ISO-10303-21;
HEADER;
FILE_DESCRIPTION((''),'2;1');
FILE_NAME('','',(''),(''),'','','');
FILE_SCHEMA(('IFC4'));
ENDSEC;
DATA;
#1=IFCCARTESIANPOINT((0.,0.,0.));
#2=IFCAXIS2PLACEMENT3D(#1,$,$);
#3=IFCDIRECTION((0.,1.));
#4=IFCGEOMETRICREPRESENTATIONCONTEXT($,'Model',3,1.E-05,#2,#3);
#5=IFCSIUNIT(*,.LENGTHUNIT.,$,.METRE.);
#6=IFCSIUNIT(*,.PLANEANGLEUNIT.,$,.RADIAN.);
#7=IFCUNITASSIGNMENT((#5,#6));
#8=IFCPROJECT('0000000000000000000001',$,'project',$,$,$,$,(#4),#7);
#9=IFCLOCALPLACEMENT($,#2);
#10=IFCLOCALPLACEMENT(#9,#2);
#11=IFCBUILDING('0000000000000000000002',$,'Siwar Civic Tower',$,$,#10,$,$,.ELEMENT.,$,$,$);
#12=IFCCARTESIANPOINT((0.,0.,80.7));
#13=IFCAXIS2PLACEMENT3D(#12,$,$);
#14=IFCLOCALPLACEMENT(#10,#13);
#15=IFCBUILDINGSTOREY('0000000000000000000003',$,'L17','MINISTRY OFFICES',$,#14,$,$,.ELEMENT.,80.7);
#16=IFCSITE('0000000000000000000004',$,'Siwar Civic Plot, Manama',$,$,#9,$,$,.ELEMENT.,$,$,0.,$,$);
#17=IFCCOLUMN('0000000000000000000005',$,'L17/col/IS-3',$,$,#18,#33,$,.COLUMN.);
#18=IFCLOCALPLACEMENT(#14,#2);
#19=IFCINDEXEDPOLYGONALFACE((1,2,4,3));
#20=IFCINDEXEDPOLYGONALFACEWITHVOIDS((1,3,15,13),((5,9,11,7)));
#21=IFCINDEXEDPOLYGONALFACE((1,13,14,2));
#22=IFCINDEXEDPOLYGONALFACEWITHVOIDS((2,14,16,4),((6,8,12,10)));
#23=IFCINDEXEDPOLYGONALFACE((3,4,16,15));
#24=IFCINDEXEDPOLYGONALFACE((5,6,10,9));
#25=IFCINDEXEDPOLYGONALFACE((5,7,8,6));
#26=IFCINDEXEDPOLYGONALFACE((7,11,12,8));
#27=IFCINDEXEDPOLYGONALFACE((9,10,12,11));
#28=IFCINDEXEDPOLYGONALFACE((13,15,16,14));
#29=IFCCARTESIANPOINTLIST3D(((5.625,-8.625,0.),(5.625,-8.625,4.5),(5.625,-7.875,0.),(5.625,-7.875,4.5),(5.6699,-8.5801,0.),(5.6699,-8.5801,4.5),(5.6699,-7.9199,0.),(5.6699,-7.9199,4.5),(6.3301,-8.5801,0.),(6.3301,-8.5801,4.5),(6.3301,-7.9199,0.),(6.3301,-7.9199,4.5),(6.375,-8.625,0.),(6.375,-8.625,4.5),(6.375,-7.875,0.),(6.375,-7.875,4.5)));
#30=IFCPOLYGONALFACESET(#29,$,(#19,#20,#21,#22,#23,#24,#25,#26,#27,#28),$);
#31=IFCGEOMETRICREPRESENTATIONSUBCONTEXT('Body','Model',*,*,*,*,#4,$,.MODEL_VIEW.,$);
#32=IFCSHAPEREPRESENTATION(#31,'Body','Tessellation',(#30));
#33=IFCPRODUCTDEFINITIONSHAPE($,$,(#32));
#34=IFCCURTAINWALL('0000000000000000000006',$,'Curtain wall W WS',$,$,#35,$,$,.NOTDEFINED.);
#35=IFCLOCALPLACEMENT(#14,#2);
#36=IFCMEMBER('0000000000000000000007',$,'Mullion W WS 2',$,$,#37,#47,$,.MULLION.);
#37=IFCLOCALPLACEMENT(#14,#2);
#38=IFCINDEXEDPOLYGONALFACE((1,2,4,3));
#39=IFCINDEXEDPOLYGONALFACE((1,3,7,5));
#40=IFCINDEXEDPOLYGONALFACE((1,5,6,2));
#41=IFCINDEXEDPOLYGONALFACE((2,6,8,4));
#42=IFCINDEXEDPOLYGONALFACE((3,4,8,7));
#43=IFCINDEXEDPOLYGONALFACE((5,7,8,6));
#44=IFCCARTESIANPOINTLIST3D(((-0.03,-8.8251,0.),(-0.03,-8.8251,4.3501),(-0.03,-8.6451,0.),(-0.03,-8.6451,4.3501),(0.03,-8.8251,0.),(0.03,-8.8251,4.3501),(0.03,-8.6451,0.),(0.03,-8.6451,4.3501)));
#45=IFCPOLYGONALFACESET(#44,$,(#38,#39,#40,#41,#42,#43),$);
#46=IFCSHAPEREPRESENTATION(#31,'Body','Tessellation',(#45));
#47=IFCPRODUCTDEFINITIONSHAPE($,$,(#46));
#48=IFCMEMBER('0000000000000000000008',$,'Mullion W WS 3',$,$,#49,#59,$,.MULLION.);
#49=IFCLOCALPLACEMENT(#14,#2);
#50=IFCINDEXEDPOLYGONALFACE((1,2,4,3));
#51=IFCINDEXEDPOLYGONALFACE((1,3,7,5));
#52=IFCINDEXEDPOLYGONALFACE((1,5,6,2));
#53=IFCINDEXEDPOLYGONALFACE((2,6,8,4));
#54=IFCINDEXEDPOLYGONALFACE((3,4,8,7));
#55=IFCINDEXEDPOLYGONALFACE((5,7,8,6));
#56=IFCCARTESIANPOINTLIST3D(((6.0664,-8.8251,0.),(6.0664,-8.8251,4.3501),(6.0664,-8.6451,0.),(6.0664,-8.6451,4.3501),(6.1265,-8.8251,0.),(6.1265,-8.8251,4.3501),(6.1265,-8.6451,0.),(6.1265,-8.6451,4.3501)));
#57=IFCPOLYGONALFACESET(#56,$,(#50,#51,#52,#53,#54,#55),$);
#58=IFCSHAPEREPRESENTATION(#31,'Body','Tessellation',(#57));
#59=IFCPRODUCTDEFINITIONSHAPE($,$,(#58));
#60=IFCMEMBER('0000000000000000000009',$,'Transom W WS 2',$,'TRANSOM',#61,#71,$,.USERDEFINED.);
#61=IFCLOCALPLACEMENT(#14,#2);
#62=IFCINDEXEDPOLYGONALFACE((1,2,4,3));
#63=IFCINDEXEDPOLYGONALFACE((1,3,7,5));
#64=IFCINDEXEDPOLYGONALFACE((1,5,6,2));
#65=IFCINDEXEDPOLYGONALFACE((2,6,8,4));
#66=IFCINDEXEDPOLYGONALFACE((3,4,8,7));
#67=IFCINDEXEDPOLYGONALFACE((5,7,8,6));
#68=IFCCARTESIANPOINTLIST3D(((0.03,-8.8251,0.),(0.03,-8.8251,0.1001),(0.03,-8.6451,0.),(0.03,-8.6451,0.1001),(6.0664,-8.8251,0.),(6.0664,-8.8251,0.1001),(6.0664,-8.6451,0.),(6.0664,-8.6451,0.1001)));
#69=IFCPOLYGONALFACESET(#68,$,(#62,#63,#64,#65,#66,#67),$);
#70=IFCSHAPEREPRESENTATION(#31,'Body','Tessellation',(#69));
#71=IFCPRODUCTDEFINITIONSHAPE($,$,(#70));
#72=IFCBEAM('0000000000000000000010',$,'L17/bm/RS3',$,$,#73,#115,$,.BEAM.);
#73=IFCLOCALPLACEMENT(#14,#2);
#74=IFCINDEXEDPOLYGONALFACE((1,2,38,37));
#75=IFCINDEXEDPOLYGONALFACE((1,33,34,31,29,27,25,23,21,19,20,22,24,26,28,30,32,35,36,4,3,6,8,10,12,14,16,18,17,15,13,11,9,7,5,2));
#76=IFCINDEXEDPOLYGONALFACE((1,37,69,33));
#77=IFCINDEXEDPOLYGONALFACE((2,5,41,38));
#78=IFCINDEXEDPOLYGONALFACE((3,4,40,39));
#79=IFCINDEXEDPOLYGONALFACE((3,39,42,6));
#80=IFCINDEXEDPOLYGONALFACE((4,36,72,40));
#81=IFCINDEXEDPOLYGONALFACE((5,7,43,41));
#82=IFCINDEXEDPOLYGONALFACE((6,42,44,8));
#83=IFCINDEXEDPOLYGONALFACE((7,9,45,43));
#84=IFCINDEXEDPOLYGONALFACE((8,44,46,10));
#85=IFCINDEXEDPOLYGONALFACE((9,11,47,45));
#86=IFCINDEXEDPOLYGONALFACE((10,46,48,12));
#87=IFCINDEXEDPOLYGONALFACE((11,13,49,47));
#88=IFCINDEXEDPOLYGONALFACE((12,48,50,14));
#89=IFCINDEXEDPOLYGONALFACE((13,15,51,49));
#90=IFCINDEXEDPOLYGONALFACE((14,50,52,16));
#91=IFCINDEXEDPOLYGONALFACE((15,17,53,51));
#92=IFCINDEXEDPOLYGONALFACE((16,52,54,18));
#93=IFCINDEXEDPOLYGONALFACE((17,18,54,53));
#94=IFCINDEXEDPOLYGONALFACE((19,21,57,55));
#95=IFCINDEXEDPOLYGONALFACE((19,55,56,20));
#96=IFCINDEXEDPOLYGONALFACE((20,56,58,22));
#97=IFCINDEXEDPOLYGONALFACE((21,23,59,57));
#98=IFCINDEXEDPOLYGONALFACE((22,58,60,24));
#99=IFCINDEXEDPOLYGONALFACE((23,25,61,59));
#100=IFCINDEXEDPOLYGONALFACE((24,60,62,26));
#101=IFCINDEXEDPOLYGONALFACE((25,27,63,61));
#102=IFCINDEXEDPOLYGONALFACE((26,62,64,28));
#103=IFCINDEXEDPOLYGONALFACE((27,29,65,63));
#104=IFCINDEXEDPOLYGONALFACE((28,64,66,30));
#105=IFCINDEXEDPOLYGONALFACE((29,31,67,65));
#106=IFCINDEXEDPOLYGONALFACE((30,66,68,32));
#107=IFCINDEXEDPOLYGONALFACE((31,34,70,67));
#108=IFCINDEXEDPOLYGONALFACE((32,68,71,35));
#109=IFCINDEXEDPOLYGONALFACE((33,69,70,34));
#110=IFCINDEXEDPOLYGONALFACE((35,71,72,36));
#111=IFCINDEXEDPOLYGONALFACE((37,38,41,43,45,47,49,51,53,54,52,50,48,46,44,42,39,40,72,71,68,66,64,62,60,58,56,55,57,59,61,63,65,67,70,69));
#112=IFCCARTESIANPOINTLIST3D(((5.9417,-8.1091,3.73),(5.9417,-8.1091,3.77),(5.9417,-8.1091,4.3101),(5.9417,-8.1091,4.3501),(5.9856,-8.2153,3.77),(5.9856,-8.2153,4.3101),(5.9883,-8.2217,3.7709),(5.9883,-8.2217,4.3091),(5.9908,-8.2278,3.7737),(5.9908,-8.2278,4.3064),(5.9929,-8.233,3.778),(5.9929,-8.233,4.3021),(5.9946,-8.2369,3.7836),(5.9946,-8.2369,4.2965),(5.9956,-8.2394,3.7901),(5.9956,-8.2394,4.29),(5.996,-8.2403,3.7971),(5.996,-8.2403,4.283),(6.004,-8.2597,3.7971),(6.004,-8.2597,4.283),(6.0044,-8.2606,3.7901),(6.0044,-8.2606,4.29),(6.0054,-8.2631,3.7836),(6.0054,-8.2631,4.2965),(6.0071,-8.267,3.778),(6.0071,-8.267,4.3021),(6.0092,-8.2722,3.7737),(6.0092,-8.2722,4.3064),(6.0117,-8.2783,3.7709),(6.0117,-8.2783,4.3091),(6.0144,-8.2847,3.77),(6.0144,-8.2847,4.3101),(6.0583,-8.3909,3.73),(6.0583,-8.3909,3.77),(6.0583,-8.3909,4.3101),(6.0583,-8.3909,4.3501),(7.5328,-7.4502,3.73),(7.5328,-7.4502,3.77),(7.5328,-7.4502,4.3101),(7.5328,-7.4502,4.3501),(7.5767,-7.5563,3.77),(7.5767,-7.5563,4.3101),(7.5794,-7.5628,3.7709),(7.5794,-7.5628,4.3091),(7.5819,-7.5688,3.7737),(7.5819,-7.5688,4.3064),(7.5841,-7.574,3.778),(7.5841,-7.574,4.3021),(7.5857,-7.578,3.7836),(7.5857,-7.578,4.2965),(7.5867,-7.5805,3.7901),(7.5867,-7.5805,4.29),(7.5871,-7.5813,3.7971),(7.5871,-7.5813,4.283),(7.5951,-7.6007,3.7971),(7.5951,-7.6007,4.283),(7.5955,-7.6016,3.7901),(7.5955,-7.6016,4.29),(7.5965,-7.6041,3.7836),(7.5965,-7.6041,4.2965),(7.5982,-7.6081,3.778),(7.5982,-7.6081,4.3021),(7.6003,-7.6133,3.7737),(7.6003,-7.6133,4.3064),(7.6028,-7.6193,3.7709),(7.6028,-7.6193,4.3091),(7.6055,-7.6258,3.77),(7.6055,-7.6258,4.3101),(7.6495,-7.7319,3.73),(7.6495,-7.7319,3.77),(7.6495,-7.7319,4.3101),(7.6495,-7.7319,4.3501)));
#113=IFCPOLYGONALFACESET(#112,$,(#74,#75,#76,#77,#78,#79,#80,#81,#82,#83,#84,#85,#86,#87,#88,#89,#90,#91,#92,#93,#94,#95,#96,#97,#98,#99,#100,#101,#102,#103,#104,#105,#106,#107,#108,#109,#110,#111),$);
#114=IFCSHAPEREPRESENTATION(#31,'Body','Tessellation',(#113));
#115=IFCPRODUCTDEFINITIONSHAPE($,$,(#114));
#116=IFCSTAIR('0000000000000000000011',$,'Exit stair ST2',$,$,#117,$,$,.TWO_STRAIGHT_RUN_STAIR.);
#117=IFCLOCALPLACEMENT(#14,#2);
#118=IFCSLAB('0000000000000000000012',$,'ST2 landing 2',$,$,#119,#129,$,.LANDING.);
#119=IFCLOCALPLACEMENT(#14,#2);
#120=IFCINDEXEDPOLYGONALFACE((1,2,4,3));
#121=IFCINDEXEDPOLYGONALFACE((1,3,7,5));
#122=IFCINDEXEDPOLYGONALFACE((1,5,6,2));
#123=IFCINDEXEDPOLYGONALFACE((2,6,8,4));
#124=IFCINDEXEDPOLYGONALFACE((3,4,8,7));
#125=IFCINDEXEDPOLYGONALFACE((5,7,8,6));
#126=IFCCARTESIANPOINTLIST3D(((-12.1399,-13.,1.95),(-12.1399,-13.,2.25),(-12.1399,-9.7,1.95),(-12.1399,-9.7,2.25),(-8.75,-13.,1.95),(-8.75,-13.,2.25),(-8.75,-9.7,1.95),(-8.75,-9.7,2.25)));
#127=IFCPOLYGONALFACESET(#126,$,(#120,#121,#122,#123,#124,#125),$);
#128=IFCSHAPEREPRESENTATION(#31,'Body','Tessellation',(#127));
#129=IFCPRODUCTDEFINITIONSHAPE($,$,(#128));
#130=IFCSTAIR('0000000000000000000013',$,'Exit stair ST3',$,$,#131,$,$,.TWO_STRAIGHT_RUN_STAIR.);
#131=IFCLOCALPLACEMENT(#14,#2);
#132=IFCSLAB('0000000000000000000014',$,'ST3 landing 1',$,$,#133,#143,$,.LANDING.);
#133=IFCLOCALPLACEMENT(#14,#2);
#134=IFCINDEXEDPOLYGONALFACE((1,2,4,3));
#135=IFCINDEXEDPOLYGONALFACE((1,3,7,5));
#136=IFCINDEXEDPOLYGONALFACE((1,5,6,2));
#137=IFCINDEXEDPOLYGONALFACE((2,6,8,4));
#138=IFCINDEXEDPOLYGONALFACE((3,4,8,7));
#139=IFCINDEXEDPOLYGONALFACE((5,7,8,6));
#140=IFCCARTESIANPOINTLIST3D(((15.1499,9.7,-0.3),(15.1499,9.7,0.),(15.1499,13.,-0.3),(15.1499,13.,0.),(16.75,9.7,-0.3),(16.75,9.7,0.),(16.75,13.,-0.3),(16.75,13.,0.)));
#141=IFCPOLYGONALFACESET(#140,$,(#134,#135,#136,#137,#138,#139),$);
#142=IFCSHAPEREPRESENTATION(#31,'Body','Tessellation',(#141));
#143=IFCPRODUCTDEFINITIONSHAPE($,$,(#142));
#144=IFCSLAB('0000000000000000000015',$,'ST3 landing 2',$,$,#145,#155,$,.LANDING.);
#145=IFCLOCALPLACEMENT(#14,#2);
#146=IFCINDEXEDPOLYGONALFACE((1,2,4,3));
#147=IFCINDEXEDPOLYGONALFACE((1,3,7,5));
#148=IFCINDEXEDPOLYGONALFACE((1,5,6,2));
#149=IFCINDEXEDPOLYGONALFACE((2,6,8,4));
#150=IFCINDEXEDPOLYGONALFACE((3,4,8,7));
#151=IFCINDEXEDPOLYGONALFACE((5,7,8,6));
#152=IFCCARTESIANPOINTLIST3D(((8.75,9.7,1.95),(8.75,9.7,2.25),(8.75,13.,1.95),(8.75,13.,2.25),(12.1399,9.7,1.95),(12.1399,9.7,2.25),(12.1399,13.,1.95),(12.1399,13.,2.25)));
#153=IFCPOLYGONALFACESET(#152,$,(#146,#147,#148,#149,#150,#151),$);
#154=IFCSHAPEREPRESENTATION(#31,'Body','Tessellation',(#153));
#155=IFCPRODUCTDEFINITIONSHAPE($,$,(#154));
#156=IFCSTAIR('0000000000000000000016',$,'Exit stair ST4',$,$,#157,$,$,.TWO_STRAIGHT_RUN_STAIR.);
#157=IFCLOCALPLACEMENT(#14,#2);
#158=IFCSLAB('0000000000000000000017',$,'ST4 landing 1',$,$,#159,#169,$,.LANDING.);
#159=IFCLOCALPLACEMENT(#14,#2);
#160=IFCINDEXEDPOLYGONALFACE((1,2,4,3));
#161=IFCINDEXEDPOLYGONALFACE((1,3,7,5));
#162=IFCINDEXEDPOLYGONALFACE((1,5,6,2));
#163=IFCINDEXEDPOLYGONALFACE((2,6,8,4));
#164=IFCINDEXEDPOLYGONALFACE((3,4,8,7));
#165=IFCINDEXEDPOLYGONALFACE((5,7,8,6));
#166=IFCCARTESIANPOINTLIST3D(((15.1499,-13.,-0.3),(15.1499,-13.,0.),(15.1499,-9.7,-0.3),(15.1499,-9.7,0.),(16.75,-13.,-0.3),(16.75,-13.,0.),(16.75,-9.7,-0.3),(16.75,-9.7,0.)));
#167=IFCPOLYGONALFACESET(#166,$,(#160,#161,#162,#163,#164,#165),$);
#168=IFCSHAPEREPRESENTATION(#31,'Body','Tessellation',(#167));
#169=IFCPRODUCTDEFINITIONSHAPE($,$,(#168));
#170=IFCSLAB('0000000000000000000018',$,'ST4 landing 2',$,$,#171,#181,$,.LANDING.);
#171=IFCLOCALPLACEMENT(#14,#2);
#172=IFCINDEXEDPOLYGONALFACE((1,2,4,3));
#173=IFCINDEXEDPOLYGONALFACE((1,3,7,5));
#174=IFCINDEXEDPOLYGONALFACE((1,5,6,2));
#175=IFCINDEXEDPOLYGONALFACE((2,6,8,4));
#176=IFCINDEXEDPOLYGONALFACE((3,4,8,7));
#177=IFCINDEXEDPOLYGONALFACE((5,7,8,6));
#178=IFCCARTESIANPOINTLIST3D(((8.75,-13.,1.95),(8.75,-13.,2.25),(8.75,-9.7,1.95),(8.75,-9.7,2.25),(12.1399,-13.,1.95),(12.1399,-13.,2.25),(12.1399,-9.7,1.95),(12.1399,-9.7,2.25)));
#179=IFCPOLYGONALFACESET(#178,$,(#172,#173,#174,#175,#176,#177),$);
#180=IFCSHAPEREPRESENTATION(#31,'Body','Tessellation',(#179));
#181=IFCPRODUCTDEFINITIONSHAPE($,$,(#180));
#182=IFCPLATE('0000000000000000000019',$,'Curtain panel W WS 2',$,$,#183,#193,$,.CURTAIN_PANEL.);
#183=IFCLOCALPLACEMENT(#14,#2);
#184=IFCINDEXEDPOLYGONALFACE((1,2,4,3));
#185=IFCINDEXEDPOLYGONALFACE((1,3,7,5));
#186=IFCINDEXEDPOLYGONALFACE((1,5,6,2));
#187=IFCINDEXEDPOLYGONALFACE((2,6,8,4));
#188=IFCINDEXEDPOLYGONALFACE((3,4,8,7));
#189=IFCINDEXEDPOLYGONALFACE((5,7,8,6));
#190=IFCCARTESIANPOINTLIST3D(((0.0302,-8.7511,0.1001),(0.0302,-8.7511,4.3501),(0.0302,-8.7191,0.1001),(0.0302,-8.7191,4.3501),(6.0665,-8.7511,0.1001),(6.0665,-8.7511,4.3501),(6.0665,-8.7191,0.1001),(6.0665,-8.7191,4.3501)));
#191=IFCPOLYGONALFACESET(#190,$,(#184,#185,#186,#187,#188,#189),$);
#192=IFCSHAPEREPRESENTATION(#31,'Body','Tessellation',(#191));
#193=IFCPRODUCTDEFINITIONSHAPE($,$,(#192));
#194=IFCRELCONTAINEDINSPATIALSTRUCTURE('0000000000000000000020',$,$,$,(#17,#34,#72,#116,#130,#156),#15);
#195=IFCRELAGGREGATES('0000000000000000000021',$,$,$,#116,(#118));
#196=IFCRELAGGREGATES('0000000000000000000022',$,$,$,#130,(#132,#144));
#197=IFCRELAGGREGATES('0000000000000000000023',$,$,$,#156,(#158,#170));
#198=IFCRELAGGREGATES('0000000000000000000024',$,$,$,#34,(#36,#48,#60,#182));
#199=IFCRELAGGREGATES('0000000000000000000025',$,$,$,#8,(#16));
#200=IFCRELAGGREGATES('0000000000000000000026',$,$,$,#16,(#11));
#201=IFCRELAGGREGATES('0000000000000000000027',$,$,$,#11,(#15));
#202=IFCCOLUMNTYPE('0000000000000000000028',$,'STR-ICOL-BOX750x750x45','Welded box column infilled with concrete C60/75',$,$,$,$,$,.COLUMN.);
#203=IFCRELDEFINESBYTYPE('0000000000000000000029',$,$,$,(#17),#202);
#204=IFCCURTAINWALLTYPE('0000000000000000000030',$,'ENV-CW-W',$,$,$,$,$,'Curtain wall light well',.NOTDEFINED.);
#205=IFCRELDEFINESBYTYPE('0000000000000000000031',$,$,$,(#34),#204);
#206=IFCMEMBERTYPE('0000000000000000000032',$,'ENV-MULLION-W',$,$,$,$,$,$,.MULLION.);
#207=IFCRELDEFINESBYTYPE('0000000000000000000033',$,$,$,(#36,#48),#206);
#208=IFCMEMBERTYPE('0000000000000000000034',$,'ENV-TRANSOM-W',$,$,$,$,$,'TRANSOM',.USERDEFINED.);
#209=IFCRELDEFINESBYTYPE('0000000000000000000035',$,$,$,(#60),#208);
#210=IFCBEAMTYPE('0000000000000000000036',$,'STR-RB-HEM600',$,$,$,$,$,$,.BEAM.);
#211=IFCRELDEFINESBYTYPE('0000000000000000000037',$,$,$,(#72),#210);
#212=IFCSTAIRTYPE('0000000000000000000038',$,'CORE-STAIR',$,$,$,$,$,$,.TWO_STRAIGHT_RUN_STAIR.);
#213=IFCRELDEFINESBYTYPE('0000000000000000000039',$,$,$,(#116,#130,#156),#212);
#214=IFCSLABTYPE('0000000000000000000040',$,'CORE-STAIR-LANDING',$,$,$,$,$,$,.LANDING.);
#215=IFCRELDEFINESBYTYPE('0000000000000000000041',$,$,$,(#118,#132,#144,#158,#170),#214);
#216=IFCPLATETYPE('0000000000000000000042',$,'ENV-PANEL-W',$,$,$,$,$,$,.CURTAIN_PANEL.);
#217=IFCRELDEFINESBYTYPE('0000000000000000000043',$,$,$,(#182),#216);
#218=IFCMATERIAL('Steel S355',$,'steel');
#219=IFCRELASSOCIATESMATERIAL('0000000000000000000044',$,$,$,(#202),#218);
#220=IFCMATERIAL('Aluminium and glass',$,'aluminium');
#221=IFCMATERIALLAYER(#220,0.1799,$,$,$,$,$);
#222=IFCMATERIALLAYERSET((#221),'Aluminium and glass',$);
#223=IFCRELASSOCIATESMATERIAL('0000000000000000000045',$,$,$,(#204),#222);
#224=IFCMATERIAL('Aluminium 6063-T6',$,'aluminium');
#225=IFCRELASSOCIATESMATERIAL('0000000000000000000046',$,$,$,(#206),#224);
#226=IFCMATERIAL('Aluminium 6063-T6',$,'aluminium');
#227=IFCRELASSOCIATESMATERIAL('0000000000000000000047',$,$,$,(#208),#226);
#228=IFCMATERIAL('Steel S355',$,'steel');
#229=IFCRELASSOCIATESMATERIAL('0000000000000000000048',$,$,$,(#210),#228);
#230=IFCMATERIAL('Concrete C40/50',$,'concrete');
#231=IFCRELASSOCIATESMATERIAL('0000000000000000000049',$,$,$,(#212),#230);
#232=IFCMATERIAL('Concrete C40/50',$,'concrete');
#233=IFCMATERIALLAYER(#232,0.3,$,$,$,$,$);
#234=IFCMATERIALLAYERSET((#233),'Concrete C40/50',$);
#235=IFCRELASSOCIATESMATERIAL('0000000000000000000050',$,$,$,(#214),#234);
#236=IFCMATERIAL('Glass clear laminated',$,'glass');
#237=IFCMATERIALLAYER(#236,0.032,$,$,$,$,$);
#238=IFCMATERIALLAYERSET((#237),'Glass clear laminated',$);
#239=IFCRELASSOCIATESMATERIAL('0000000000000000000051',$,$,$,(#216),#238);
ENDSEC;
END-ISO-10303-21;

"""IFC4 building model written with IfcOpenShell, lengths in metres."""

from ifc_helpers import new_model, si_unit, direction, frame, origin, origin_2d, place, context, subcontext, project, spatial, polyline, rectangle, hollow_rectangle, i_section, outline, extrude, material, layer, layer_set, material_profile, profile_set, type_object, element, aggregate, save


model = new_model("IFC4")

# Units and contexts
model_context = context("Model", 3, precision=1e-05, world=origin(), true_north=direction((0.0, 1.0)))
body_context = subcontext(model_context, "Body", "Model", "MODEL_VIEW")
ifc_project = project(units=[si_unit("LENGTHUNIT", "METRE"), si_unit("PLANEANGLEUNIT", "RADIAN")], contexts=[model_context])

# Site, building, storey
site_placement = place(None, origin())
site = spatial("IfcSite", under=ifc_project, at=site_placement, Name="Siwar Civic Plot, Manama", CompositionType="ELEMENT", RefElevation=0.0)
building_placement = place(site_placement, origin())
building = spatial("IfcBuilding", under=site, at=building_placement, Name="Siwar Civic Tower", CompositionType="ELEMENT")
storey_placement = place(building_placement, frame((0.0, 0.0, 80.7)))
storey = spatial("IfcBuildingStorey", under=building, at=storey_placement, Name="L17", Description="MINISTRY OFFICES", CompositionType="ELEMENT", Elevation=80.7)

# Column
ifc_material_1 = material(Name="Steel S355", Category="steel")
ifc_material_profile_1 = material_profile(ifc_material_1, hollow_rectangle(XDim=0.75, YDim=0.75, WallThickness=0.0449, at=origin_2d()), Name="BOX750x750x45")
ifc_profile_set_1 = profile_set([ifc_material_profile_1], Name="Steel S355")
column_type = type_object("IfcColumnType", Name="STR-ICOL-BOX750x750x45", Description="Welded box column infilled with concrete C60/75", PredefinedType="COLUMN", material=ifc_profile_set_1)
column_placement = place(storey_placement, frame((6.0, -8.25, 0.0), z_axis=(0.0, 0.0, 1.0), x_axis=(1.0, 0.0, 0.0)))
element("IfcColumn", 1, at=column_placement, inside=storey, type_object=column_type, Name="L17/col/IS-3", PredefinedType="COLUMN", context=body_context, shape_type="SweptSolid", body=[
    extrude(hollow_rectangle(XDim=0.75, YDim=0.75, WallThickness=0.0449, at=origin_2d()), origin(), (0.0, 0.0, 1.0), 4.5),
])

# Curtain wall, members
ifc_material_2 = material(Name="Aluminium and glass", Category="aluminium")
ifc_layer_1 = layer(ifc_material_2, 0.1799)
ifc_layer_set_1 = layer_set([ifc_layer_1], Name="Aluminium and glass")
curtain_wall_type = type_object("IfcCurtainWallType", Name="ENV-CW-W", ElementType="Curtain wall light well", PredefinedType="NOTDEFINED", material=ifc_layer_set_1)
curtain_wall_placement = place(storey_placement, origin())
curtain_wall = element("IfcCurtainWall", 2, at=curtain_wall_placement, inside=storey, type_object=curtain_wall_type, Name="Curtain wall W WS", PredefinedType="NOTDEFINED")
ifc_material_3 = material(Name="Aluminium 6063-T6", Category="aluminium")
ifc_material_profile_2 = material_profile(ifc_material_3, rectangle(XDim=0.1799, YDim=0.0601, at=origin_2d()), Name="AL 180x60")
ifc_profile_set_2 = profile_set([ifc_material_profile_2], Name="Aluminium 6063-T6")
member_type_1 = type_object("IfcMemberType", Name="ENV-MULLION-W", PredefinedType="MULLION", material=ifc_profile_set_2)
member_1_placement = place(storey_placement, frame((0.0, -8.7351, 0.0), z_axis=(0.0, 0.0, 1.0), x_axis=(0.0, 1.0, 0.0)))
member_1 = element("IfcMember", 3, at=member_1_placement, type_object=member_type_1, Name="Mullion W WS 2", PredefinedType="MULLION", context=body_context, shape_type="SweptSolid", body=[
    extrude(rectangle(XDim=0.1799, YDim=0.0601, at=origin_2d()), origin(), (0.0, 0.0, 1.0), 4.3501),
])
member_2_placement = place(storey_placement, frame((6.0964, -8.7351, 0.0), z_axis=(0.0, 0.0, 1.0), x_axis=(0.0, 1.0, 0.0)))
member_2 = element("IfcMember", 4, at=member_2_placement, type_object=member_type_1, Name="Mullion W WS 3", PredefinedType="MULLION", context=body_context, shape_type="SweptSolid", body=[
    extrude(rectangle(XDim=0.1799, YDim=0.0601, at=origin_2d()), origin(), (0.0, 0.0, 1.0), 4.3501),
])
ifc_material_4 = material(Name="Aluminium 6063-T6", Category="aluminium")
ifc_material_profile_3 = material_profile(ifc_material_4, rectangle(XDim=0.1799, YDim=0.1001, at=origin_2d()), Name="AL 180x100")
ifc_profile_set_3 = profile_set([ifc_material_profile_3], Name="Aluminium 6063-T6")
member_type_2 = type_object("IfcMemberType", Name="ENV-TRANSOM-W", ElementType="TRANSOM", PredefinedType="USERDEFINED", material=ifc_profile_set_3)
member_3_placement = place(storey_placement, frame((0.03, -8.7351, 0.05), z_axis=(1.0, 0.0, 0.0), x_axis=(0.0, 1.0, 0.0)))
member_3 = element("IfcMember", 5, at=member_3_placement, type_object=member_type_2, Name="Transom W WS 2", ObjectType="TRANSOM", PredefinedType="USERDEFINED", context=body_context, shape_type="SweptSolid", body=[
    extrude(rectangle(XDim=0.1799, YDim=0.1001, at=origin_2d()), origin(), (0.0, 0.0, 1.0), 6.0364),
])

# Beam
ifc_material_5 = material(Name="Steel S355", Category="steel")
ifc_material_profile_4 = material_profile(ifc_material_5, i_section(OverallWidth=0.3049, OverallDepth=0.6201, WebThickness=0.021, FlangeThickness=0.04, FilletRadius=0.0271, at=origin_2d()), Name="HEM600")
ifc_profile_set_4 = profile_set([ifc_material_profile_4], Name="Steel S355")
beam_type = type_object("IfcBeamType", Name="STR-RB-HEM600", PredefinedType="BEAM", material=ifc_profile_set_4)
beam_placement = place(storey_placement, frame((6.0, -8.25, 4.04), z_axis=(0.923901, 0.382631, 0.0), x_axis=(-0.382631, 0.923901, 0.0)))
element("IfcBeam", 6, at=beam_placement, inside=storey, type_object=beam_type, Name="L17/bm/RS3", PredefinedType="BEAM", context=body_context, shape_type="SweptSolid", body=[
    extrude(i_section(OverallWidth=0.3049, OverallDepth=0.6201, WebThickness=0.021, FlangeThickness=0.04, FilletRadius=0.0271, at=origin_2d()), origin(), (0.0, 0.0, 1.0), 1.7222),
])

# Stair, slab
ifc_material_6 = material(Name="Concrete C40/50", Category="concrete")
stair_type = type_object("IfcStairType", Name="CORE-STAIR", PredefinedType="TWO_STRAIGHT_RUN_STAIR", material=ifc_material_6)
stair_1_placement = place(storey_placement, origin())
stair_1 = element("IfcStair", 7, at=stair_1_placement, inside=storey, type_object=stair_type, Name="Exit stair ST2", PredefinedType="TWO_STRAIGHT_RUN_STAIR")
ifc_material_7 = material(Name="Concrete C40/50", Category="concrete")
ifc_layer_2 = layer(ifc_material_7, 0.3)
ifc_layer_set_2 = layer_set([ifc_layer_2], Name="Concrete C40/50")
slab_type_1 = type_object("IfcSlabType", Name="CORE-STAIR-LANDING", PredefinedType="LANDING", material=ifc_layer_set_2)
slab_1_placement = place(storey_placement, frame((0.0, 0.0, 1.95)))
slab_1 = element("IfcSlab", 8, at=slab_1_placement, type_object=slab_type_1, Name="ST2 landing 2", PredefinedType="LANDING", context=body_context, shape_type="SweptSolid", body=[
    extrude(outline(polyline([(-8.75, -9.7), (-12.1399, -9.7), (-12.1399, -13.0), (-8.75, -13.0), (-8.75, -9.7)])), origin(), (0.0, 0.0, 1.0), 0.3),
])
aggregate(stair_1, [slab_1])

# Stairs, slabs
stair_2_placement = place(storey_placement, origin())
stair_2 = element("IfcStair", 9, at=stair_2_placement, inside=storey, type_object=stair_type, Name="Exit stair ST3", PredefinedType="TWO_STRAIGHT_RUN_STAIR")
slab_2_placement = place(storey_placement, frame((0.0, 0.0, -0.3)))
slab_2 = element("IfcSlab", 10, at=slab_2_placement, type_object=slab_type_1, Name="ST3 landing 1", PredefinedType="LANDING", context=body_context, shape_type="SweptSolid", body=[
    extrude(outline(polyline([(15.1499, 9.7), (16.75, 9.7), (16.75, 13.0), (15.1499, 13.0), (15.1499, 9.7)])), origin(), (0.0, 0.0, 1.0), 0.3),
])
slab_3_placement = place(storey_placement, frame((0.0, 0.0, 1.95)))
slab_3 = element("IfcSlab", 11, at=slab_3_placement, type_object=slab_type_1, Name="ST3 landing 2", PredefinedType="LANDING", context=body_context, shape_type="SweptSolid", body=[
    extrude(outline(polyline([(8.75, 9.7), (12.1399, 9.7), (12.1399, 13.0), (8.75, 13.0), (8.75, 9.7)])), origin(), (0.0, 0.0, 1.0), 0.3),
])
aggregate(stair_2, [slab_2, slab_3])
stair_3_placement = place(storey_placement, origin())
stair_3 = element("IfcStair", 12, at=stair_3_placement, inside=storey, type_object=stair_type, Name="Exit stair ST4", PredefinedType="TWO_STRAIGHT_RUN_STAIR")
slab_4_placement = place(storey_placement, frame((0.0, 0.0, -0.3)))
slab_4 = element("IfcSlab", 13, at=slab_4_placement, type_object=slab_type_1, Name="ST4 landing 1", PredefinedType="LANDING", context=body_context, shape_type="SweptSolid", body=[
    extrude(outline(polyline([(15.1499, -13.0), (16.75, -13.0), (16.75, -9.7), (15.1499, -9.7), (15.1499, -13.0)])), origin(), (0.0, 0.0, 1.0), 0.3),
])
slab_5_placement = place(storey_placement, frame((0.0, 0.0, 1.95)))
slab_5 = element("IfcSlab", 14, at=slab_5_placement, type_object=slab_type_1, Name="ST4 landing 2", PredefinedType="LANDING", context=body_context, shape_type="SweptSolid", body=[
    extrude(outline(polyline([(8.75, -13.0), (12.1399, -13.0), (12.1399, -9.7), (8.75, -9.7), (8.75, -13.0)])), origin(), (0.0, 0.0, 1.0), 0.3),
])
aggregate(stair_3, [slab_4, slab_5])

# Plate
ifc_material_8 = material(Name="Glass clear laminated", Category="glass")
ifc_layer_3 = layer(ifc_material_8, 0.032)
ifc_layer_set_3 = layer_set([ifc_layer_3], Name="Glass clear laminated")
plate_type = type_object("IfcPlateType", Name="ENV-PANEL-W", PredefinedType="CURTAIN_PANEL", material=ifc_layer_set_3)
plate_placement = place(storey_placement, frame((3.0483, -8.7351, 0.1001), z_axis=(0.0, 0.0, 1.0), x_axis=(1.0, 0.0, 0.0)))
plate = element("IfcPlate", 15, at=plate_placement, type_object=plate_type, Name="Curtain panel W WS 2", PredefinedType="CURTAIN_PANEL", context=body_context, shape_type="SweptSolid", body=[
    extrude(rectangle(XDim=6.0364, YDim=0.032, at=origin_2d()), origin(), (0.0, 0.0, 1.0), 4.25),
])
aggregate(curtain_wall, [member_1, member_2, member_3, plate])

save(model, "model.ifc")
